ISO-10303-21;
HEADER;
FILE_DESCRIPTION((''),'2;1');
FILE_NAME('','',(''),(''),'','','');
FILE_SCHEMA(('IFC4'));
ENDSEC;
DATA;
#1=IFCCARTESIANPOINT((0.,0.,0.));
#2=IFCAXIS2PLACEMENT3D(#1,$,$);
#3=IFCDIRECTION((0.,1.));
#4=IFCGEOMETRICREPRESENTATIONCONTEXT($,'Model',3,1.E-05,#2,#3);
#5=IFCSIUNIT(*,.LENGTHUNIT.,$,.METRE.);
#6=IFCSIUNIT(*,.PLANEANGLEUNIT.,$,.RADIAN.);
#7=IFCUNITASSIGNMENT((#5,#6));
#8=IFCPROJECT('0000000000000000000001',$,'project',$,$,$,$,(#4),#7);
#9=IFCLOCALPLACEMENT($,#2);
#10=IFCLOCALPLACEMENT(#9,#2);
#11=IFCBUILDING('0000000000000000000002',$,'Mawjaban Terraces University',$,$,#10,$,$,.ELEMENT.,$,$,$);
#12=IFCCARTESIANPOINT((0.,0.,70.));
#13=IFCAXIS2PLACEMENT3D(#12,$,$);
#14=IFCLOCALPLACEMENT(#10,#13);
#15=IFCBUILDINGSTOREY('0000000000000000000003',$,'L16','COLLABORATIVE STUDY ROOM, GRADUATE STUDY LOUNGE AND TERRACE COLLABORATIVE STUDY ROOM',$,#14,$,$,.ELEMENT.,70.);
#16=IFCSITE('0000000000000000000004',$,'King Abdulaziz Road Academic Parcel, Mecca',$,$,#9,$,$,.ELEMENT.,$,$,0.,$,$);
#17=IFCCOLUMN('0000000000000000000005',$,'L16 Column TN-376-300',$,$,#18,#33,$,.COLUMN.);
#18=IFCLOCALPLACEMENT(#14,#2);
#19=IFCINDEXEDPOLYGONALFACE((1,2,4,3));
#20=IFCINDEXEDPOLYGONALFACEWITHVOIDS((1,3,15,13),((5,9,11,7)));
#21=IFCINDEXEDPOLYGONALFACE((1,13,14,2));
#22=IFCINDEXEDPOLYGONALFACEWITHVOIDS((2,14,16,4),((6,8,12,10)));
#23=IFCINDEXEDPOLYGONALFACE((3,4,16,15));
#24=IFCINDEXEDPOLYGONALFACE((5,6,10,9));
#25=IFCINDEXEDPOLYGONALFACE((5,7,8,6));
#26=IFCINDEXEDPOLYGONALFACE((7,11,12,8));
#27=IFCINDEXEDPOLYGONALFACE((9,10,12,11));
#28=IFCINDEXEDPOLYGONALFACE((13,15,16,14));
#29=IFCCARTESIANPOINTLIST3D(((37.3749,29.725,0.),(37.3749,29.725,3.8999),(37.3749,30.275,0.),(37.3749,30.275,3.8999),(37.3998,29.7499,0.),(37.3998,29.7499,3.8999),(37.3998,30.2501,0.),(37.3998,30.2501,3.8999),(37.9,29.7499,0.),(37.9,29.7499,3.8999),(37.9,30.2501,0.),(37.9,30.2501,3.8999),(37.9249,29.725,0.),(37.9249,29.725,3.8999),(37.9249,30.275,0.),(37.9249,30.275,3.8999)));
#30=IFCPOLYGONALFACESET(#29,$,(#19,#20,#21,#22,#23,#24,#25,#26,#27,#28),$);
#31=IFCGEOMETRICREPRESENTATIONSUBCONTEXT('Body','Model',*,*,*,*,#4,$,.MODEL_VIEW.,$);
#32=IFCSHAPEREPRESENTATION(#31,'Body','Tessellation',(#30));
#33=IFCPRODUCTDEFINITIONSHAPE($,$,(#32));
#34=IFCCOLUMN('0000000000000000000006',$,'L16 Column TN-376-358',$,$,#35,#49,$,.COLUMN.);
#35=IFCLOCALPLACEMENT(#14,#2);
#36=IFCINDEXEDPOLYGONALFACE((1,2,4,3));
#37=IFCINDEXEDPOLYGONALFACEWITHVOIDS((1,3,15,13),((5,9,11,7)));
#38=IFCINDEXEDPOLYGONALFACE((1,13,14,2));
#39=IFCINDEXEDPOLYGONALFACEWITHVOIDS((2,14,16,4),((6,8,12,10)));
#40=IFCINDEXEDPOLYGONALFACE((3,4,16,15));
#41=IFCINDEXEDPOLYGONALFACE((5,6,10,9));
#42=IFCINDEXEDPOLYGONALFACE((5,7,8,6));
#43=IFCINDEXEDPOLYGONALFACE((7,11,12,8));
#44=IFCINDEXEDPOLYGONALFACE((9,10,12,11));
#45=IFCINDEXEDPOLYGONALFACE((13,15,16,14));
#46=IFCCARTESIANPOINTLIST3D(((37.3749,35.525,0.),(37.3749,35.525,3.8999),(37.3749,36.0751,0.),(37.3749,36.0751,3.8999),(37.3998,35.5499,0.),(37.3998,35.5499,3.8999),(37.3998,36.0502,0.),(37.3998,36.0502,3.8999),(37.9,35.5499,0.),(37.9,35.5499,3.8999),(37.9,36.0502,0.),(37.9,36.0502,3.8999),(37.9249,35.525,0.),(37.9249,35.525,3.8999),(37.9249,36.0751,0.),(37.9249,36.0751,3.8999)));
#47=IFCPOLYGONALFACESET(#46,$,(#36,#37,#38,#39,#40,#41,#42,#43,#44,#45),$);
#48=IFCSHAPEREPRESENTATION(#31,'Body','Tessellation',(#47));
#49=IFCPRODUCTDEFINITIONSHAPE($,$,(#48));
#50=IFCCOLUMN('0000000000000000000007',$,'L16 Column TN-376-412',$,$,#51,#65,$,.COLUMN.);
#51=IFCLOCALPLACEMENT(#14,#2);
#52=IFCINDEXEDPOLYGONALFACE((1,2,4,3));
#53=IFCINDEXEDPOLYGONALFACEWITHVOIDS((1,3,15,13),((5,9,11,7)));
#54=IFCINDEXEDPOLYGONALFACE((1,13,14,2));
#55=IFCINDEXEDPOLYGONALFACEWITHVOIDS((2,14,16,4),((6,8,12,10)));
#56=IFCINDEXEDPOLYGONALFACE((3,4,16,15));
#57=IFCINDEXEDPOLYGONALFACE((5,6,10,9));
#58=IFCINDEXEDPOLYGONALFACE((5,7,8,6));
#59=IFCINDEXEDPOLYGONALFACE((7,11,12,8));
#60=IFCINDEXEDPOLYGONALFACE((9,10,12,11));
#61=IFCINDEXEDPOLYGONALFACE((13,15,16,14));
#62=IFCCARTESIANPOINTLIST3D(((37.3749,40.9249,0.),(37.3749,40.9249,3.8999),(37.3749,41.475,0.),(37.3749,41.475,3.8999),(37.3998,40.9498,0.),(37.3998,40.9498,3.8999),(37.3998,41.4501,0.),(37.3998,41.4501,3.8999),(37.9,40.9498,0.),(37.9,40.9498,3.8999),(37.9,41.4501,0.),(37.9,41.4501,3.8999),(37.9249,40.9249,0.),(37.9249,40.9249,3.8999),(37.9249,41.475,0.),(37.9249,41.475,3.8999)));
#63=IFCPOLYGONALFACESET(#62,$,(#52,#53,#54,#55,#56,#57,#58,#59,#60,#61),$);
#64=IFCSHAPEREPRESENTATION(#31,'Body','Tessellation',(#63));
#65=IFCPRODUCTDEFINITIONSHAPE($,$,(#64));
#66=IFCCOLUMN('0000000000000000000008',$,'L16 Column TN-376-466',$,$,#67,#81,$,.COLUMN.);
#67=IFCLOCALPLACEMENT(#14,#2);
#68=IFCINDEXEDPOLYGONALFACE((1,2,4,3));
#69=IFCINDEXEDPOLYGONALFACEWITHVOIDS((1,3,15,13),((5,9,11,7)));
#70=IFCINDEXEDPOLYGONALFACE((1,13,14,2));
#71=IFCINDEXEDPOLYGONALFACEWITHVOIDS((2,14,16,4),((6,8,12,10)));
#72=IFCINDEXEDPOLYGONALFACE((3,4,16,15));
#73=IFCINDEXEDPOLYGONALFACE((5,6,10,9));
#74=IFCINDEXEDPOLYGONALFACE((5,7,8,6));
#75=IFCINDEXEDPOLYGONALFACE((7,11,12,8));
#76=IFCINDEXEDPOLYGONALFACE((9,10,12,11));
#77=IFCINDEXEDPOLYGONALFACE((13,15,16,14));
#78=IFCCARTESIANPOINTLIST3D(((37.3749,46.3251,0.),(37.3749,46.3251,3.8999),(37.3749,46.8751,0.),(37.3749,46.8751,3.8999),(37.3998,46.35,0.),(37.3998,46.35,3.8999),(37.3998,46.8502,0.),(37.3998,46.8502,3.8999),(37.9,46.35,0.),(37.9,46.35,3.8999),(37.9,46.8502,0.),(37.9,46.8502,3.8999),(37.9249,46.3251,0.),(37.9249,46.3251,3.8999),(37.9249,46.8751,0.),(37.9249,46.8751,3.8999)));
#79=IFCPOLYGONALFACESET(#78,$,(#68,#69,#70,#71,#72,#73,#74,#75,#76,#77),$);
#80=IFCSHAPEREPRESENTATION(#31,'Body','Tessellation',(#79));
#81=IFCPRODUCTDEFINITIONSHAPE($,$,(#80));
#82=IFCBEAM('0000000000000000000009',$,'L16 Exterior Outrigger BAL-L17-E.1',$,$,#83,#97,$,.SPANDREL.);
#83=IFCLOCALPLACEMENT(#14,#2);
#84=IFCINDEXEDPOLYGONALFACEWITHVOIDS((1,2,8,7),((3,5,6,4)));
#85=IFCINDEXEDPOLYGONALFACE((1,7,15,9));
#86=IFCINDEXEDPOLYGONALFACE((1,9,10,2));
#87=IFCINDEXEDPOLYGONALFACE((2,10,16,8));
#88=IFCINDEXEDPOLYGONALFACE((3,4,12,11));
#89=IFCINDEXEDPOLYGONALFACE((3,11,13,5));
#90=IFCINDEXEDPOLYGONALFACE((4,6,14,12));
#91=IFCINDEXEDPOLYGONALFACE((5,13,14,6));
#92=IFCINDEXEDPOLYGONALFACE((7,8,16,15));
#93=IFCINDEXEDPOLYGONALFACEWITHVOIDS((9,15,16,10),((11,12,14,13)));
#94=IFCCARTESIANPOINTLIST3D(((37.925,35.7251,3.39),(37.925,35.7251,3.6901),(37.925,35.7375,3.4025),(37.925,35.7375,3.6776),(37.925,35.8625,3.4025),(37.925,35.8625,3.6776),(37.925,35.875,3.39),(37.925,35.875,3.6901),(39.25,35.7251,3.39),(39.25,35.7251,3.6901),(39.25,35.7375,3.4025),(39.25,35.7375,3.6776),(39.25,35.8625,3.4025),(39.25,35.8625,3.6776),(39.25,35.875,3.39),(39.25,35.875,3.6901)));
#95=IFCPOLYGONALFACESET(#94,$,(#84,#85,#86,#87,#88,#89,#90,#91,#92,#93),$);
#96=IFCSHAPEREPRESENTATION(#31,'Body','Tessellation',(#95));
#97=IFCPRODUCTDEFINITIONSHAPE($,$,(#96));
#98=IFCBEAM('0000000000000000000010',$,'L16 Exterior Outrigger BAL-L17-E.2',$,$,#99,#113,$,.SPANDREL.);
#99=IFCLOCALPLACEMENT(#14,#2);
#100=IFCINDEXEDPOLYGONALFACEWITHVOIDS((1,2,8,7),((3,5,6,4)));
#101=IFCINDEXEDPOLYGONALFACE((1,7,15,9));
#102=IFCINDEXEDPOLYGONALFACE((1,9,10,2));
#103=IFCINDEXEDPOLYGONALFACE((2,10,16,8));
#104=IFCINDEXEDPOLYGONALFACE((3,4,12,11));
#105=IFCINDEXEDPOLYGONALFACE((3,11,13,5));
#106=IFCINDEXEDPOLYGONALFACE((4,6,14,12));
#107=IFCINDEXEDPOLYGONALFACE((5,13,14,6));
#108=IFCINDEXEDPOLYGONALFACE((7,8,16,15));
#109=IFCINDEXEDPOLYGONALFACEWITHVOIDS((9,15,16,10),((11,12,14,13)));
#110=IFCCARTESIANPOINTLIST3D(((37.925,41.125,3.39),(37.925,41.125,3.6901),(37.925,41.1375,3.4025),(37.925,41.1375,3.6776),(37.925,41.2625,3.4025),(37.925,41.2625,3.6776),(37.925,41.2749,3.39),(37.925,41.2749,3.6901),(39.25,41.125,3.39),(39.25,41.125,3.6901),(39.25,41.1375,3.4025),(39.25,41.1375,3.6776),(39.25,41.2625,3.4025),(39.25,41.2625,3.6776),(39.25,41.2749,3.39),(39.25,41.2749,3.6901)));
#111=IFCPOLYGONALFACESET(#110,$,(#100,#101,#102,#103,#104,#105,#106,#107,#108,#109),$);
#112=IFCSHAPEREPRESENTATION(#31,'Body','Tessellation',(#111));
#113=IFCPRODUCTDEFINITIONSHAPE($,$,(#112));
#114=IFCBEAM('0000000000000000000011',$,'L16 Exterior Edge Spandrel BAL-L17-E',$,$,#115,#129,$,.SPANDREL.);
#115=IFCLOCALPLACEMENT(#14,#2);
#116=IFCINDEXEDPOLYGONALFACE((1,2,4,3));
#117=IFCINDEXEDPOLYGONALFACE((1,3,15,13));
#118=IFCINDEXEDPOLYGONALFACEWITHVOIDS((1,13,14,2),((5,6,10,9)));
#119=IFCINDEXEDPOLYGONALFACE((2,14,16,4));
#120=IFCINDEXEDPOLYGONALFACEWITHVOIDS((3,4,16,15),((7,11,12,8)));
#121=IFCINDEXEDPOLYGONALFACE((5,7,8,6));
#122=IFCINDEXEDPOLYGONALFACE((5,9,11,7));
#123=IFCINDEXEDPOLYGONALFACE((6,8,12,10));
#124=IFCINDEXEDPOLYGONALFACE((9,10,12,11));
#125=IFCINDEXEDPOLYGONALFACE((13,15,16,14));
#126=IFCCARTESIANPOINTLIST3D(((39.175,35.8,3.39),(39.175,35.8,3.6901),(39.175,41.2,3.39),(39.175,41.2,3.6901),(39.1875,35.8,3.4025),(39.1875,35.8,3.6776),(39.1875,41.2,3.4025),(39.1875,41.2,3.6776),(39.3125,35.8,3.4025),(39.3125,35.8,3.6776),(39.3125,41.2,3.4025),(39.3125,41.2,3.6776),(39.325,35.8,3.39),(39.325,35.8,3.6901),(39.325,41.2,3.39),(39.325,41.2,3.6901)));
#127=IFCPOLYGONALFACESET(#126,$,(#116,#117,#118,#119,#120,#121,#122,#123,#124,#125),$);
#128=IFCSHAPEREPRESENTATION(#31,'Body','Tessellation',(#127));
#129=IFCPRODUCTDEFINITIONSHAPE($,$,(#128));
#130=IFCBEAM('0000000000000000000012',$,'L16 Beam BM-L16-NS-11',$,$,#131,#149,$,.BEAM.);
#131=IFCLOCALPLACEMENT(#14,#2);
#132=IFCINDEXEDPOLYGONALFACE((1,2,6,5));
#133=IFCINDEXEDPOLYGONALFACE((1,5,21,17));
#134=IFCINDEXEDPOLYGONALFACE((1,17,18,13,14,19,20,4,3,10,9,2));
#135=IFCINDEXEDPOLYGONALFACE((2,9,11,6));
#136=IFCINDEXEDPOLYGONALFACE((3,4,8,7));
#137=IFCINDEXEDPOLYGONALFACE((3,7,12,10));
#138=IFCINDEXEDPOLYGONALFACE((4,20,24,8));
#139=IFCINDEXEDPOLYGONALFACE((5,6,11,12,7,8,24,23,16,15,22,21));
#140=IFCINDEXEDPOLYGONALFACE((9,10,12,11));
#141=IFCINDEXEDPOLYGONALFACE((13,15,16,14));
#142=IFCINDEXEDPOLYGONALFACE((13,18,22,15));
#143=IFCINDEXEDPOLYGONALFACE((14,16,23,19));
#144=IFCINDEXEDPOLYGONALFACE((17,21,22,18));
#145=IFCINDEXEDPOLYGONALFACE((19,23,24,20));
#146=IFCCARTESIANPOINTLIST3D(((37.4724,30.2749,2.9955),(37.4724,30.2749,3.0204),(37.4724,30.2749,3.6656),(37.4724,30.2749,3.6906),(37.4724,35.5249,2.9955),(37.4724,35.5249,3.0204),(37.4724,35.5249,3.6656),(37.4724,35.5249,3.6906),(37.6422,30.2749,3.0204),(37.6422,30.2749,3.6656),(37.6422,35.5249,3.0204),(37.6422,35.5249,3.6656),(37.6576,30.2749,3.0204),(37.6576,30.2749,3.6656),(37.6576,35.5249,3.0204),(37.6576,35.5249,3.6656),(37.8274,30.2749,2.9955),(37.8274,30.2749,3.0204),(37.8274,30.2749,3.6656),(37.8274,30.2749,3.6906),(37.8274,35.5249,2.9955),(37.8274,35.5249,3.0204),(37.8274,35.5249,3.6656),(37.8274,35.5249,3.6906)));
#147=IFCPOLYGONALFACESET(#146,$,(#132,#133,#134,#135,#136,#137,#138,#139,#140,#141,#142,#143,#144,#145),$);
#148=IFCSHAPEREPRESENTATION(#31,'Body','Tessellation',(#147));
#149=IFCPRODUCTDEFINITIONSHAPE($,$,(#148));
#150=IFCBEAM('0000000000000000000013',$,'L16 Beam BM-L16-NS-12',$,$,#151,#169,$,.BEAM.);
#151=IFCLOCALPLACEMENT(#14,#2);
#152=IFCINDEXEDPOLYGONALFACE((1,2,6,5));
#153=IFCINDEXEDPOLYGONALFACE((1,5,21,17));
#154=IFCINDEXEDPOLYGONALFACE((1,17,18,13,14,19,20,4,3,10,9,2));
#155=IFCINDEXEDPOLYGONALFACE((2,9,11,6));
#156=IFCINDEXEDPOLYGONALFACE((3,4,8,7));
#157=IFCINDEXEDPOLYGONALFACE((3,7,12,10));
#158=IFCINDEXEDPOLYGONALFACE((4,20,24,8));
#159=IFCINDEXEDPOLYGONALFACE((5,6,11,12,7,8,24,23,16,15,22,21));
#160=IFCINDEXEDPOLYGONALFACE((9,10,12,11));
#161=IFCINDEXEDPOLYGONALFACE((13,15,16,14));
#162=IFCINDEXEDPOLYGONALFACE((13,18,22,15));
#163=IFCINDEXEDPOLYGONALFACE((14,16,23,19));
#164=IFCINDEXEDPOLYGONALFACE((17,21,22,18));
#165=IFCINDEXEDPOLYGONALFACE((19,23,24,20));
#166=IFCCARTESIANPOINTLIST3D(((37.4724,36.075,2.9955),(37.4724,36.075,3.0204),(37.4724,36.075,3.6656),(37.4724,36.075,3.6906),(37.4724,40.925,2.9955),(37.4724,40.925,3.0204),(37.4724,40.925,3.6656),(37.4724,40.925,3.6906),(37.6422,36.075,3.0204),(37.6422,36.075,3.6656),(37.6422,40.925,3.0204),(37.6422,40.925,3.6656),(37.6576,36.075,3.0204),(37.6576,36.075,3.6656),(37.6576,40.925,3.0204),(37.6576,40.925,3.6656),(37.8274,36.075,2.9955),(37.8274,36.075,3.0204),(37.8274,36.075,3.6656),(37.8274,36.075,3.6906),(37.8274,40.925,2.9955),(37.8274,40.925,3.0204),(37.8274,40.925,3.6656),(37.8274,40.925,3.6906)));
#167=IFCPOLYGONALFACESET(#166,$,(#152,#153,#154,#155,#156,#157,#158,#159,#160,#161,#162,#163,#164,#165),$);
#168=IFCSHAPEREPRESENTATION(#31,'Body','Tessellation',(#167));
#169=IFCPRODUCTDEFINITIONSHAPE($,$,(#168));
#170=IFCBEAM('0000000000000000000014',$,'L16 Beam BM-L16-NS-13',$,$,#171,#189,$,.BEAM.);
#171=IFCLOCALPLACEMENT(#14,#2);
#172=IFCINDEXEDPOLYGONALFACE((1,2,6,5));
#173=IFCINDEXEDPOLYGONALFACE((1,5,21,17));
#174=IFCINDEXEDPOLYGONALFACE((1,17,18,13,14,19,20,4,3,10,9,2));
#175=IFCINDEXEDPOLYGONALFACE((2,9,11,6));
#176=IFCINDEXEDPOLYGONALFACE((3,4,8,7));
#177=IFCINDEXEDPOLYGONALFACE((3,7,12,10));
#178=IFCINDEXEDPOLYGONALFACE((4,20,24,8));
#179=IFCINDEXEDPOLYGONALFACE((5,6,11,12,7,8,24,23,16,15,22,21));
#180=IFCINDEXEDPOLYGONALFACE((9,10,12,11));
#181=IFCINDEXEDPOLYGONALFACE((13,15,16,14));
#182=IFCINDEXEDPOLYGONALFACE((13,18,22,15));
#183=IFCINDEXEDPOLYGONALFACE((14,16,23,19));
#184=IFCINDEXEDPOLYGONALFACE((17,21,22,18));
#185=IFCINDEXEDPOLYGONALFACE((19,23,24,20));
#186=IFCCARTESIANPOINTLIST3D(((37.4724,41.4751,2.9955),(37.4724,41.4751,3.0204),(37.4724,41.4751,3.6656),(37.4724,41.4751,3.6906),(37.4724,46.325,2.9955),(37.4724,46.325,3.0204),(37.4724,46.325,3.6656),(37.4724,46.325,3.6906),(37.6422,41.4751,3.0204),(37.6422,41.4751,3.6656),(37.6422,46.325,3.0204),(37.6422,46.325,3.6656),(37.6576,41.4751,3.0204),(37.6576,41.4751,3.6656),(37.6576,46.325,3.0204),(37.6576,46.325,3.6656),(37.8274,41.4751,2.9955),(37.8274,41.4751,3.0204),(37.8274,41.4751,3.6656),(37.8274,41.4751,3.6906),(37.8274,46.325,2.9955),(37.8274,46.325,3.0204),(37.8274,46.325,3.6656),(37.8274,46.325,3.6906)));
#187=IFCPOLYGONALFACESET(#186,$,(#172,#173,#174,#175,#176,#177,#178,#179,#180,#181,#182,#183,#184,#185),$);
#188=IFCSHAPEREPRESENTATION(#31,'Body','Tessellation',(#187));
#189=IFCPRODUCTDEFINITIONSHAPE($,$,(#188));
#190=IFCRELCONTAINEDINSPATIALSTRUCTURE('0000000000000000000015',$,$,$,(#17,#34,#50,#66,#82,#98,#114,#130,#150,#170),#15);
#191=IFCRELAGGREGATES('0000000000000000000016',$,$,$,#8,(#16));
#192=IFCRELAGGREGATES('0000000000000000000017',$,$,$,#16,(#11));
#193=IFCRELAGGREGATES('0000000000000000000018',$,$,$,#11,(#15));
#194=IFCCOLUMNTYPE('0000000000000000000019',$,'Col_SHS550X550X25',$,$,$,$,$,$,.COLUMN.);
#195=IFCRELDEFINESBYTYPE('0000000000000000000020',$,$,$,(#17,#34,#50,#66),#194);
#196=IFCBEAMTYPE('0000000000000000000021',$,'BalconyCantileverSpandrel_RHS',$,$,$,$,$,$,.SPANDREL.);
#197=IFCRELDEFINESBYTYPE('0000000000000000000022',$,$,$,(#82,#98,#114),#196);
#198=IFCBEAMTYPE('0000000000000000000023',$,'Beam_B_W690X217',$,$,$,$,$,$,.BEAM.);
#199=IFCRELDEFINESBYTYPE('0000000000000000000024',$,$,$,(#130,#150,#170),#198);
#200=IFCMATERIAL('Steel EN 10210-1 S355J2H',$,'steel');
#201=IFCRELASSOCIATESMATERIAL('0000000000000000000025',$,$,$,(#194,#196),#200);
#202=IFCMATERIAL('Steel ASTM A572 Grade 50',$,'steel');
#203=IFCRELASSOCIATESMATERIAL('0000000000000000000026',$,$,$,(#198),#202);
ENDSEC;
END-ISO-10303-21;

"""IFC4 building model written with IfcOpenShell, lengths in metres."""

from ifc_helpers import new_model, si_unit, direction, frame, origin, origin_2d, place, context, subcontext, project, spatial, hollow_rectangle, i_section, extrude, material, material_profile, profile_set, type_object, element, save


model = new_model("IFC4")

# Units and contexts
model_context = context("Model", 3, precision=1e-05, world=origin(), true_north=direction((0.0, 1.0)))
body_context = subcontext(model_context, "Body", "Model", "MODEL_VIEW")
ifc_project = project(units=[si_unit("LENGTHUNIT", "METRE"), si_unit("PLANEANGLEUNIT", "RADIAN")], contexts=[model_context])

# Site, building, storey
site_placement = place(None, origin())
site = spatial("IfcSite", under=ifc_project, at=site_placement, Name="King Abdulaziz Road Academic Parcel, Mecca", CompositionType="ELEMENT", RefElevation=0.0)
building_placement = place(site_placement, origin())
building = spatial("IfcBuilding", under=site, at=building_placement, Name="Mawjaban Terraces University", CompositionType="ELEMENT")
storey_placement = place(building_placement, frame((0.0, 0.0, 70.0)))
storey = spatial("IfcBuildingStorey", under=building, at=storey_placement, Name="L16", Description="COLLABORATIVE STUDY ROOM, GRADUATE STUDY LOUNGE AND TERRACE COLLABORATIVE STUDY ROOM", CompositionType="ELEMENT", Elevation=70.0)

# Columns
ifc_material_1 = material(Name="Steel EN 10210-1 S355J2H", Category="steel")
ifc_material_profile_1 = material_profile(ifc_material_1, hollow_rectangle(XDim=0.55, YDim=0.55, WallThickness=0.0249, at=origin_2d()), Name="SHS550X550X25")
ifc_profile_set_1 = profile_set([ifc_material_profile_1], Name="Steel EN 10210-1 S355J2H")
column_type = type_object("IfcColumnType", Name="Col_SHS550X550X25", PredefinedType="COLUMN", material=ifc_profile_set_1)
for number, where, z_axis, x_axis, name in (
    (1, (37.6499, 30.0, 0.0), (0.0, 0.0, 1.0), (1.0, 0.0, 0.0), "L16 Column TN-376-300"),
    (2, (37.6499, 35.8, 0.0), (0.0, 0.0, 1.0), (1.0, 0.0, 0.0), "L16 Column TN-376-358"),
    (3, (37.6499, 41.2, 0.0), (0.0, 0.0, 1.0), (1.0, 0.0, 0.0), "L16 Column TN-376-412"),
    (4, (37.6499, 46.6001, 0.0), (0.0, 0.0, 1.0), (1.0, 0.0, 0.0), "L16 Column TN-376-466"),
):
    element("IfcColumn", number, at=place(storey_placement, frame(where, z_axis=z_axis, x_axis=x_axis)), inside=storey, type_object=column_type, Name=name, PredefinedType="COLUMN", context=body_context, shape_type="SweptSolid", body=[
        extrude(hollow_rectangle(XDim=0.55, YDim=0.55, WallThickness=0.0249, at=origin_2d()), origin(), (0.0, 0.0, 1.0), 3.8999),
    ])

# Beams
ifc_material_profile_2 = material_profile(ifc_material_1, hollow_rectangle(XDim=0.1499, YDim=0.3, WallThickness=0.0125, at=origin_2d()), Name="RHS300X150X12.5")
ifc_profile_set_2 = profile_set([ifc_material_profile_2], Name="Steel EN 10210-1 S355J2H")
beam_type_1 = type_object("IfcBeamType", Name="BalconyCantileverSpandrel_RHS", PredefinedType="SPANDREL", material=ifc_profile_set_2)
for number, where, z_axis, x_axis, name in (
    (5, (37.925, 35.8, 3.54), (1.0, 0.0, 0.0), (0.0, 1.0, 0.0), "L16 Exterior Outrigger BAL-L17-E.1"),
    (6, (37.925, 41.2, 3.54), (1.0, 0.0, 0.0), (0.0, 1.0, 0.0), "L16 Exterior Outrigger BAL-L17-E.2"),
):
    element("IfcBeam", number, at=place(storey_placement, frame(where, z_axis=z_axis, x_axis=x_axis)), inside=storey, type_object=beam_type_1, Name=name, PredefinedType="SPANDREL", context=body_context, shape_type="SweptSolid", body=[
        extrude(hollow_rectangle(XDim=0.1499, YDim=0.3, WallThickness=0.0125, at=origin_2d()), origin(), (0.0, 0.0, 1.0), 1.325),
    ])
beam_1_placement = place(storey_placement, frame((39.25, 35.8, 3.54), z_axis=(0.0, 1.0, 0.0), x_axis=(-1.0, 0.0, 0.0)))
element("IfcBeam", 7, at=beam_1_placement, inside=storey, type_object=beam_type_1, Name="L16 Exterior Edge Spandrel BAL-L17-E", PredefinedType="SPANDREL", context=body_context, shape_type="SweptSolid", body=[
    extrude(hollow_rectangle(XDim=0.1499, YDim=0.3, WallThickness=0.0125, at=origin_2d()), origin(), (0.0, 0.0, 1.0), 5.3999),
])
ifc_material_2 = material(Name="Steel ASTM A572 Grade 50", Category="steel")
ifc_material_profile_3 = material_profile(ifc_material_2, i_section(OverallWidth=0.355, OverallDepth=0.6951, WebThickness=0.0154, FlangeThickness=0.0249, at=origin_2d()), Name="W690X217")
ifc_profile_set_3 = profile_set([ifc_material_profile_3], Name="Steel ASTM A572 Grade 50")
beam_type_2 = type_object("IfcBeamType", Name="Beam_B_W690X217", PredefinedType="BEAM", material=ifc_profile_set_3)
beam_2_placement = place(storey_placement, frame((37.6499, 30.2749, 3.343), z_axis=(0.0, 1.0, 0.0), x_axis=(-1.0, 0.0, 0.0)))
element("IfcBeam", 8, at=beam_2_placement, inside=storey, type_object=beam_type_2, Name="L16 Beam BM-L16-NS-11", PredefinedType="BEAM", context=body_context, shape_type="SweptSolid", body=[
    extrude(i_section(OverallWidth=0.355, OverallDepth=0.6951, WebThickness=0.0154, FlangeThickness=0.0249, at=origin_2d()), origin(), (0.0, 0.0, 1.0), 5.25),
])
beam_3_placement = place(storey_placement, frame((37.6499, 36.075, 3.343), z_axis=(0.0, 1.0, 0.0), x_axis=(-1.0, 0.0, 0.0)))
element("IfcBeam", 9, at=beam_3_placement, inside=storey, type_object=beam_type_2, Name="L16 Beam BM-L16-NS-12", PredefinedType="BEAM", context=body_context, shape_type="SweptSolid", body=[
    extrude(i_section(OverallWidth=0.355, OverallDepth=0.6951, WebThickness=0.0154, FlangeThickness=0.0249, at=origin_2d()), origin(), (0.0, 0.0, 1.0), 4.8501),
])
beam_4_placement = place(storey_placement, frame((37.6499, 41.4751, 3.343), z_axis=(0.0, 1.0, 0.0), x_axis=(-1.0, 0.0, 0.0)))
element("IfcBeam", 10, at=beam_4_placement, inside=storey, type_object=beam_type_2, Name="L16 Beam BM-L16-NS-13", PredefinedType="BEAM", context=body_context, shape_type="SweptSolid", body=[
    extrude(i_section(OverallWidth=0.355, OverallDepth=0.6951, WebThickness=0.0154, FlangeThickness=0.0249, at=origin_2d()), origin(), (0.0, 0.0, 1.0), 4.8499),
])

save(model, "model.ifc")
